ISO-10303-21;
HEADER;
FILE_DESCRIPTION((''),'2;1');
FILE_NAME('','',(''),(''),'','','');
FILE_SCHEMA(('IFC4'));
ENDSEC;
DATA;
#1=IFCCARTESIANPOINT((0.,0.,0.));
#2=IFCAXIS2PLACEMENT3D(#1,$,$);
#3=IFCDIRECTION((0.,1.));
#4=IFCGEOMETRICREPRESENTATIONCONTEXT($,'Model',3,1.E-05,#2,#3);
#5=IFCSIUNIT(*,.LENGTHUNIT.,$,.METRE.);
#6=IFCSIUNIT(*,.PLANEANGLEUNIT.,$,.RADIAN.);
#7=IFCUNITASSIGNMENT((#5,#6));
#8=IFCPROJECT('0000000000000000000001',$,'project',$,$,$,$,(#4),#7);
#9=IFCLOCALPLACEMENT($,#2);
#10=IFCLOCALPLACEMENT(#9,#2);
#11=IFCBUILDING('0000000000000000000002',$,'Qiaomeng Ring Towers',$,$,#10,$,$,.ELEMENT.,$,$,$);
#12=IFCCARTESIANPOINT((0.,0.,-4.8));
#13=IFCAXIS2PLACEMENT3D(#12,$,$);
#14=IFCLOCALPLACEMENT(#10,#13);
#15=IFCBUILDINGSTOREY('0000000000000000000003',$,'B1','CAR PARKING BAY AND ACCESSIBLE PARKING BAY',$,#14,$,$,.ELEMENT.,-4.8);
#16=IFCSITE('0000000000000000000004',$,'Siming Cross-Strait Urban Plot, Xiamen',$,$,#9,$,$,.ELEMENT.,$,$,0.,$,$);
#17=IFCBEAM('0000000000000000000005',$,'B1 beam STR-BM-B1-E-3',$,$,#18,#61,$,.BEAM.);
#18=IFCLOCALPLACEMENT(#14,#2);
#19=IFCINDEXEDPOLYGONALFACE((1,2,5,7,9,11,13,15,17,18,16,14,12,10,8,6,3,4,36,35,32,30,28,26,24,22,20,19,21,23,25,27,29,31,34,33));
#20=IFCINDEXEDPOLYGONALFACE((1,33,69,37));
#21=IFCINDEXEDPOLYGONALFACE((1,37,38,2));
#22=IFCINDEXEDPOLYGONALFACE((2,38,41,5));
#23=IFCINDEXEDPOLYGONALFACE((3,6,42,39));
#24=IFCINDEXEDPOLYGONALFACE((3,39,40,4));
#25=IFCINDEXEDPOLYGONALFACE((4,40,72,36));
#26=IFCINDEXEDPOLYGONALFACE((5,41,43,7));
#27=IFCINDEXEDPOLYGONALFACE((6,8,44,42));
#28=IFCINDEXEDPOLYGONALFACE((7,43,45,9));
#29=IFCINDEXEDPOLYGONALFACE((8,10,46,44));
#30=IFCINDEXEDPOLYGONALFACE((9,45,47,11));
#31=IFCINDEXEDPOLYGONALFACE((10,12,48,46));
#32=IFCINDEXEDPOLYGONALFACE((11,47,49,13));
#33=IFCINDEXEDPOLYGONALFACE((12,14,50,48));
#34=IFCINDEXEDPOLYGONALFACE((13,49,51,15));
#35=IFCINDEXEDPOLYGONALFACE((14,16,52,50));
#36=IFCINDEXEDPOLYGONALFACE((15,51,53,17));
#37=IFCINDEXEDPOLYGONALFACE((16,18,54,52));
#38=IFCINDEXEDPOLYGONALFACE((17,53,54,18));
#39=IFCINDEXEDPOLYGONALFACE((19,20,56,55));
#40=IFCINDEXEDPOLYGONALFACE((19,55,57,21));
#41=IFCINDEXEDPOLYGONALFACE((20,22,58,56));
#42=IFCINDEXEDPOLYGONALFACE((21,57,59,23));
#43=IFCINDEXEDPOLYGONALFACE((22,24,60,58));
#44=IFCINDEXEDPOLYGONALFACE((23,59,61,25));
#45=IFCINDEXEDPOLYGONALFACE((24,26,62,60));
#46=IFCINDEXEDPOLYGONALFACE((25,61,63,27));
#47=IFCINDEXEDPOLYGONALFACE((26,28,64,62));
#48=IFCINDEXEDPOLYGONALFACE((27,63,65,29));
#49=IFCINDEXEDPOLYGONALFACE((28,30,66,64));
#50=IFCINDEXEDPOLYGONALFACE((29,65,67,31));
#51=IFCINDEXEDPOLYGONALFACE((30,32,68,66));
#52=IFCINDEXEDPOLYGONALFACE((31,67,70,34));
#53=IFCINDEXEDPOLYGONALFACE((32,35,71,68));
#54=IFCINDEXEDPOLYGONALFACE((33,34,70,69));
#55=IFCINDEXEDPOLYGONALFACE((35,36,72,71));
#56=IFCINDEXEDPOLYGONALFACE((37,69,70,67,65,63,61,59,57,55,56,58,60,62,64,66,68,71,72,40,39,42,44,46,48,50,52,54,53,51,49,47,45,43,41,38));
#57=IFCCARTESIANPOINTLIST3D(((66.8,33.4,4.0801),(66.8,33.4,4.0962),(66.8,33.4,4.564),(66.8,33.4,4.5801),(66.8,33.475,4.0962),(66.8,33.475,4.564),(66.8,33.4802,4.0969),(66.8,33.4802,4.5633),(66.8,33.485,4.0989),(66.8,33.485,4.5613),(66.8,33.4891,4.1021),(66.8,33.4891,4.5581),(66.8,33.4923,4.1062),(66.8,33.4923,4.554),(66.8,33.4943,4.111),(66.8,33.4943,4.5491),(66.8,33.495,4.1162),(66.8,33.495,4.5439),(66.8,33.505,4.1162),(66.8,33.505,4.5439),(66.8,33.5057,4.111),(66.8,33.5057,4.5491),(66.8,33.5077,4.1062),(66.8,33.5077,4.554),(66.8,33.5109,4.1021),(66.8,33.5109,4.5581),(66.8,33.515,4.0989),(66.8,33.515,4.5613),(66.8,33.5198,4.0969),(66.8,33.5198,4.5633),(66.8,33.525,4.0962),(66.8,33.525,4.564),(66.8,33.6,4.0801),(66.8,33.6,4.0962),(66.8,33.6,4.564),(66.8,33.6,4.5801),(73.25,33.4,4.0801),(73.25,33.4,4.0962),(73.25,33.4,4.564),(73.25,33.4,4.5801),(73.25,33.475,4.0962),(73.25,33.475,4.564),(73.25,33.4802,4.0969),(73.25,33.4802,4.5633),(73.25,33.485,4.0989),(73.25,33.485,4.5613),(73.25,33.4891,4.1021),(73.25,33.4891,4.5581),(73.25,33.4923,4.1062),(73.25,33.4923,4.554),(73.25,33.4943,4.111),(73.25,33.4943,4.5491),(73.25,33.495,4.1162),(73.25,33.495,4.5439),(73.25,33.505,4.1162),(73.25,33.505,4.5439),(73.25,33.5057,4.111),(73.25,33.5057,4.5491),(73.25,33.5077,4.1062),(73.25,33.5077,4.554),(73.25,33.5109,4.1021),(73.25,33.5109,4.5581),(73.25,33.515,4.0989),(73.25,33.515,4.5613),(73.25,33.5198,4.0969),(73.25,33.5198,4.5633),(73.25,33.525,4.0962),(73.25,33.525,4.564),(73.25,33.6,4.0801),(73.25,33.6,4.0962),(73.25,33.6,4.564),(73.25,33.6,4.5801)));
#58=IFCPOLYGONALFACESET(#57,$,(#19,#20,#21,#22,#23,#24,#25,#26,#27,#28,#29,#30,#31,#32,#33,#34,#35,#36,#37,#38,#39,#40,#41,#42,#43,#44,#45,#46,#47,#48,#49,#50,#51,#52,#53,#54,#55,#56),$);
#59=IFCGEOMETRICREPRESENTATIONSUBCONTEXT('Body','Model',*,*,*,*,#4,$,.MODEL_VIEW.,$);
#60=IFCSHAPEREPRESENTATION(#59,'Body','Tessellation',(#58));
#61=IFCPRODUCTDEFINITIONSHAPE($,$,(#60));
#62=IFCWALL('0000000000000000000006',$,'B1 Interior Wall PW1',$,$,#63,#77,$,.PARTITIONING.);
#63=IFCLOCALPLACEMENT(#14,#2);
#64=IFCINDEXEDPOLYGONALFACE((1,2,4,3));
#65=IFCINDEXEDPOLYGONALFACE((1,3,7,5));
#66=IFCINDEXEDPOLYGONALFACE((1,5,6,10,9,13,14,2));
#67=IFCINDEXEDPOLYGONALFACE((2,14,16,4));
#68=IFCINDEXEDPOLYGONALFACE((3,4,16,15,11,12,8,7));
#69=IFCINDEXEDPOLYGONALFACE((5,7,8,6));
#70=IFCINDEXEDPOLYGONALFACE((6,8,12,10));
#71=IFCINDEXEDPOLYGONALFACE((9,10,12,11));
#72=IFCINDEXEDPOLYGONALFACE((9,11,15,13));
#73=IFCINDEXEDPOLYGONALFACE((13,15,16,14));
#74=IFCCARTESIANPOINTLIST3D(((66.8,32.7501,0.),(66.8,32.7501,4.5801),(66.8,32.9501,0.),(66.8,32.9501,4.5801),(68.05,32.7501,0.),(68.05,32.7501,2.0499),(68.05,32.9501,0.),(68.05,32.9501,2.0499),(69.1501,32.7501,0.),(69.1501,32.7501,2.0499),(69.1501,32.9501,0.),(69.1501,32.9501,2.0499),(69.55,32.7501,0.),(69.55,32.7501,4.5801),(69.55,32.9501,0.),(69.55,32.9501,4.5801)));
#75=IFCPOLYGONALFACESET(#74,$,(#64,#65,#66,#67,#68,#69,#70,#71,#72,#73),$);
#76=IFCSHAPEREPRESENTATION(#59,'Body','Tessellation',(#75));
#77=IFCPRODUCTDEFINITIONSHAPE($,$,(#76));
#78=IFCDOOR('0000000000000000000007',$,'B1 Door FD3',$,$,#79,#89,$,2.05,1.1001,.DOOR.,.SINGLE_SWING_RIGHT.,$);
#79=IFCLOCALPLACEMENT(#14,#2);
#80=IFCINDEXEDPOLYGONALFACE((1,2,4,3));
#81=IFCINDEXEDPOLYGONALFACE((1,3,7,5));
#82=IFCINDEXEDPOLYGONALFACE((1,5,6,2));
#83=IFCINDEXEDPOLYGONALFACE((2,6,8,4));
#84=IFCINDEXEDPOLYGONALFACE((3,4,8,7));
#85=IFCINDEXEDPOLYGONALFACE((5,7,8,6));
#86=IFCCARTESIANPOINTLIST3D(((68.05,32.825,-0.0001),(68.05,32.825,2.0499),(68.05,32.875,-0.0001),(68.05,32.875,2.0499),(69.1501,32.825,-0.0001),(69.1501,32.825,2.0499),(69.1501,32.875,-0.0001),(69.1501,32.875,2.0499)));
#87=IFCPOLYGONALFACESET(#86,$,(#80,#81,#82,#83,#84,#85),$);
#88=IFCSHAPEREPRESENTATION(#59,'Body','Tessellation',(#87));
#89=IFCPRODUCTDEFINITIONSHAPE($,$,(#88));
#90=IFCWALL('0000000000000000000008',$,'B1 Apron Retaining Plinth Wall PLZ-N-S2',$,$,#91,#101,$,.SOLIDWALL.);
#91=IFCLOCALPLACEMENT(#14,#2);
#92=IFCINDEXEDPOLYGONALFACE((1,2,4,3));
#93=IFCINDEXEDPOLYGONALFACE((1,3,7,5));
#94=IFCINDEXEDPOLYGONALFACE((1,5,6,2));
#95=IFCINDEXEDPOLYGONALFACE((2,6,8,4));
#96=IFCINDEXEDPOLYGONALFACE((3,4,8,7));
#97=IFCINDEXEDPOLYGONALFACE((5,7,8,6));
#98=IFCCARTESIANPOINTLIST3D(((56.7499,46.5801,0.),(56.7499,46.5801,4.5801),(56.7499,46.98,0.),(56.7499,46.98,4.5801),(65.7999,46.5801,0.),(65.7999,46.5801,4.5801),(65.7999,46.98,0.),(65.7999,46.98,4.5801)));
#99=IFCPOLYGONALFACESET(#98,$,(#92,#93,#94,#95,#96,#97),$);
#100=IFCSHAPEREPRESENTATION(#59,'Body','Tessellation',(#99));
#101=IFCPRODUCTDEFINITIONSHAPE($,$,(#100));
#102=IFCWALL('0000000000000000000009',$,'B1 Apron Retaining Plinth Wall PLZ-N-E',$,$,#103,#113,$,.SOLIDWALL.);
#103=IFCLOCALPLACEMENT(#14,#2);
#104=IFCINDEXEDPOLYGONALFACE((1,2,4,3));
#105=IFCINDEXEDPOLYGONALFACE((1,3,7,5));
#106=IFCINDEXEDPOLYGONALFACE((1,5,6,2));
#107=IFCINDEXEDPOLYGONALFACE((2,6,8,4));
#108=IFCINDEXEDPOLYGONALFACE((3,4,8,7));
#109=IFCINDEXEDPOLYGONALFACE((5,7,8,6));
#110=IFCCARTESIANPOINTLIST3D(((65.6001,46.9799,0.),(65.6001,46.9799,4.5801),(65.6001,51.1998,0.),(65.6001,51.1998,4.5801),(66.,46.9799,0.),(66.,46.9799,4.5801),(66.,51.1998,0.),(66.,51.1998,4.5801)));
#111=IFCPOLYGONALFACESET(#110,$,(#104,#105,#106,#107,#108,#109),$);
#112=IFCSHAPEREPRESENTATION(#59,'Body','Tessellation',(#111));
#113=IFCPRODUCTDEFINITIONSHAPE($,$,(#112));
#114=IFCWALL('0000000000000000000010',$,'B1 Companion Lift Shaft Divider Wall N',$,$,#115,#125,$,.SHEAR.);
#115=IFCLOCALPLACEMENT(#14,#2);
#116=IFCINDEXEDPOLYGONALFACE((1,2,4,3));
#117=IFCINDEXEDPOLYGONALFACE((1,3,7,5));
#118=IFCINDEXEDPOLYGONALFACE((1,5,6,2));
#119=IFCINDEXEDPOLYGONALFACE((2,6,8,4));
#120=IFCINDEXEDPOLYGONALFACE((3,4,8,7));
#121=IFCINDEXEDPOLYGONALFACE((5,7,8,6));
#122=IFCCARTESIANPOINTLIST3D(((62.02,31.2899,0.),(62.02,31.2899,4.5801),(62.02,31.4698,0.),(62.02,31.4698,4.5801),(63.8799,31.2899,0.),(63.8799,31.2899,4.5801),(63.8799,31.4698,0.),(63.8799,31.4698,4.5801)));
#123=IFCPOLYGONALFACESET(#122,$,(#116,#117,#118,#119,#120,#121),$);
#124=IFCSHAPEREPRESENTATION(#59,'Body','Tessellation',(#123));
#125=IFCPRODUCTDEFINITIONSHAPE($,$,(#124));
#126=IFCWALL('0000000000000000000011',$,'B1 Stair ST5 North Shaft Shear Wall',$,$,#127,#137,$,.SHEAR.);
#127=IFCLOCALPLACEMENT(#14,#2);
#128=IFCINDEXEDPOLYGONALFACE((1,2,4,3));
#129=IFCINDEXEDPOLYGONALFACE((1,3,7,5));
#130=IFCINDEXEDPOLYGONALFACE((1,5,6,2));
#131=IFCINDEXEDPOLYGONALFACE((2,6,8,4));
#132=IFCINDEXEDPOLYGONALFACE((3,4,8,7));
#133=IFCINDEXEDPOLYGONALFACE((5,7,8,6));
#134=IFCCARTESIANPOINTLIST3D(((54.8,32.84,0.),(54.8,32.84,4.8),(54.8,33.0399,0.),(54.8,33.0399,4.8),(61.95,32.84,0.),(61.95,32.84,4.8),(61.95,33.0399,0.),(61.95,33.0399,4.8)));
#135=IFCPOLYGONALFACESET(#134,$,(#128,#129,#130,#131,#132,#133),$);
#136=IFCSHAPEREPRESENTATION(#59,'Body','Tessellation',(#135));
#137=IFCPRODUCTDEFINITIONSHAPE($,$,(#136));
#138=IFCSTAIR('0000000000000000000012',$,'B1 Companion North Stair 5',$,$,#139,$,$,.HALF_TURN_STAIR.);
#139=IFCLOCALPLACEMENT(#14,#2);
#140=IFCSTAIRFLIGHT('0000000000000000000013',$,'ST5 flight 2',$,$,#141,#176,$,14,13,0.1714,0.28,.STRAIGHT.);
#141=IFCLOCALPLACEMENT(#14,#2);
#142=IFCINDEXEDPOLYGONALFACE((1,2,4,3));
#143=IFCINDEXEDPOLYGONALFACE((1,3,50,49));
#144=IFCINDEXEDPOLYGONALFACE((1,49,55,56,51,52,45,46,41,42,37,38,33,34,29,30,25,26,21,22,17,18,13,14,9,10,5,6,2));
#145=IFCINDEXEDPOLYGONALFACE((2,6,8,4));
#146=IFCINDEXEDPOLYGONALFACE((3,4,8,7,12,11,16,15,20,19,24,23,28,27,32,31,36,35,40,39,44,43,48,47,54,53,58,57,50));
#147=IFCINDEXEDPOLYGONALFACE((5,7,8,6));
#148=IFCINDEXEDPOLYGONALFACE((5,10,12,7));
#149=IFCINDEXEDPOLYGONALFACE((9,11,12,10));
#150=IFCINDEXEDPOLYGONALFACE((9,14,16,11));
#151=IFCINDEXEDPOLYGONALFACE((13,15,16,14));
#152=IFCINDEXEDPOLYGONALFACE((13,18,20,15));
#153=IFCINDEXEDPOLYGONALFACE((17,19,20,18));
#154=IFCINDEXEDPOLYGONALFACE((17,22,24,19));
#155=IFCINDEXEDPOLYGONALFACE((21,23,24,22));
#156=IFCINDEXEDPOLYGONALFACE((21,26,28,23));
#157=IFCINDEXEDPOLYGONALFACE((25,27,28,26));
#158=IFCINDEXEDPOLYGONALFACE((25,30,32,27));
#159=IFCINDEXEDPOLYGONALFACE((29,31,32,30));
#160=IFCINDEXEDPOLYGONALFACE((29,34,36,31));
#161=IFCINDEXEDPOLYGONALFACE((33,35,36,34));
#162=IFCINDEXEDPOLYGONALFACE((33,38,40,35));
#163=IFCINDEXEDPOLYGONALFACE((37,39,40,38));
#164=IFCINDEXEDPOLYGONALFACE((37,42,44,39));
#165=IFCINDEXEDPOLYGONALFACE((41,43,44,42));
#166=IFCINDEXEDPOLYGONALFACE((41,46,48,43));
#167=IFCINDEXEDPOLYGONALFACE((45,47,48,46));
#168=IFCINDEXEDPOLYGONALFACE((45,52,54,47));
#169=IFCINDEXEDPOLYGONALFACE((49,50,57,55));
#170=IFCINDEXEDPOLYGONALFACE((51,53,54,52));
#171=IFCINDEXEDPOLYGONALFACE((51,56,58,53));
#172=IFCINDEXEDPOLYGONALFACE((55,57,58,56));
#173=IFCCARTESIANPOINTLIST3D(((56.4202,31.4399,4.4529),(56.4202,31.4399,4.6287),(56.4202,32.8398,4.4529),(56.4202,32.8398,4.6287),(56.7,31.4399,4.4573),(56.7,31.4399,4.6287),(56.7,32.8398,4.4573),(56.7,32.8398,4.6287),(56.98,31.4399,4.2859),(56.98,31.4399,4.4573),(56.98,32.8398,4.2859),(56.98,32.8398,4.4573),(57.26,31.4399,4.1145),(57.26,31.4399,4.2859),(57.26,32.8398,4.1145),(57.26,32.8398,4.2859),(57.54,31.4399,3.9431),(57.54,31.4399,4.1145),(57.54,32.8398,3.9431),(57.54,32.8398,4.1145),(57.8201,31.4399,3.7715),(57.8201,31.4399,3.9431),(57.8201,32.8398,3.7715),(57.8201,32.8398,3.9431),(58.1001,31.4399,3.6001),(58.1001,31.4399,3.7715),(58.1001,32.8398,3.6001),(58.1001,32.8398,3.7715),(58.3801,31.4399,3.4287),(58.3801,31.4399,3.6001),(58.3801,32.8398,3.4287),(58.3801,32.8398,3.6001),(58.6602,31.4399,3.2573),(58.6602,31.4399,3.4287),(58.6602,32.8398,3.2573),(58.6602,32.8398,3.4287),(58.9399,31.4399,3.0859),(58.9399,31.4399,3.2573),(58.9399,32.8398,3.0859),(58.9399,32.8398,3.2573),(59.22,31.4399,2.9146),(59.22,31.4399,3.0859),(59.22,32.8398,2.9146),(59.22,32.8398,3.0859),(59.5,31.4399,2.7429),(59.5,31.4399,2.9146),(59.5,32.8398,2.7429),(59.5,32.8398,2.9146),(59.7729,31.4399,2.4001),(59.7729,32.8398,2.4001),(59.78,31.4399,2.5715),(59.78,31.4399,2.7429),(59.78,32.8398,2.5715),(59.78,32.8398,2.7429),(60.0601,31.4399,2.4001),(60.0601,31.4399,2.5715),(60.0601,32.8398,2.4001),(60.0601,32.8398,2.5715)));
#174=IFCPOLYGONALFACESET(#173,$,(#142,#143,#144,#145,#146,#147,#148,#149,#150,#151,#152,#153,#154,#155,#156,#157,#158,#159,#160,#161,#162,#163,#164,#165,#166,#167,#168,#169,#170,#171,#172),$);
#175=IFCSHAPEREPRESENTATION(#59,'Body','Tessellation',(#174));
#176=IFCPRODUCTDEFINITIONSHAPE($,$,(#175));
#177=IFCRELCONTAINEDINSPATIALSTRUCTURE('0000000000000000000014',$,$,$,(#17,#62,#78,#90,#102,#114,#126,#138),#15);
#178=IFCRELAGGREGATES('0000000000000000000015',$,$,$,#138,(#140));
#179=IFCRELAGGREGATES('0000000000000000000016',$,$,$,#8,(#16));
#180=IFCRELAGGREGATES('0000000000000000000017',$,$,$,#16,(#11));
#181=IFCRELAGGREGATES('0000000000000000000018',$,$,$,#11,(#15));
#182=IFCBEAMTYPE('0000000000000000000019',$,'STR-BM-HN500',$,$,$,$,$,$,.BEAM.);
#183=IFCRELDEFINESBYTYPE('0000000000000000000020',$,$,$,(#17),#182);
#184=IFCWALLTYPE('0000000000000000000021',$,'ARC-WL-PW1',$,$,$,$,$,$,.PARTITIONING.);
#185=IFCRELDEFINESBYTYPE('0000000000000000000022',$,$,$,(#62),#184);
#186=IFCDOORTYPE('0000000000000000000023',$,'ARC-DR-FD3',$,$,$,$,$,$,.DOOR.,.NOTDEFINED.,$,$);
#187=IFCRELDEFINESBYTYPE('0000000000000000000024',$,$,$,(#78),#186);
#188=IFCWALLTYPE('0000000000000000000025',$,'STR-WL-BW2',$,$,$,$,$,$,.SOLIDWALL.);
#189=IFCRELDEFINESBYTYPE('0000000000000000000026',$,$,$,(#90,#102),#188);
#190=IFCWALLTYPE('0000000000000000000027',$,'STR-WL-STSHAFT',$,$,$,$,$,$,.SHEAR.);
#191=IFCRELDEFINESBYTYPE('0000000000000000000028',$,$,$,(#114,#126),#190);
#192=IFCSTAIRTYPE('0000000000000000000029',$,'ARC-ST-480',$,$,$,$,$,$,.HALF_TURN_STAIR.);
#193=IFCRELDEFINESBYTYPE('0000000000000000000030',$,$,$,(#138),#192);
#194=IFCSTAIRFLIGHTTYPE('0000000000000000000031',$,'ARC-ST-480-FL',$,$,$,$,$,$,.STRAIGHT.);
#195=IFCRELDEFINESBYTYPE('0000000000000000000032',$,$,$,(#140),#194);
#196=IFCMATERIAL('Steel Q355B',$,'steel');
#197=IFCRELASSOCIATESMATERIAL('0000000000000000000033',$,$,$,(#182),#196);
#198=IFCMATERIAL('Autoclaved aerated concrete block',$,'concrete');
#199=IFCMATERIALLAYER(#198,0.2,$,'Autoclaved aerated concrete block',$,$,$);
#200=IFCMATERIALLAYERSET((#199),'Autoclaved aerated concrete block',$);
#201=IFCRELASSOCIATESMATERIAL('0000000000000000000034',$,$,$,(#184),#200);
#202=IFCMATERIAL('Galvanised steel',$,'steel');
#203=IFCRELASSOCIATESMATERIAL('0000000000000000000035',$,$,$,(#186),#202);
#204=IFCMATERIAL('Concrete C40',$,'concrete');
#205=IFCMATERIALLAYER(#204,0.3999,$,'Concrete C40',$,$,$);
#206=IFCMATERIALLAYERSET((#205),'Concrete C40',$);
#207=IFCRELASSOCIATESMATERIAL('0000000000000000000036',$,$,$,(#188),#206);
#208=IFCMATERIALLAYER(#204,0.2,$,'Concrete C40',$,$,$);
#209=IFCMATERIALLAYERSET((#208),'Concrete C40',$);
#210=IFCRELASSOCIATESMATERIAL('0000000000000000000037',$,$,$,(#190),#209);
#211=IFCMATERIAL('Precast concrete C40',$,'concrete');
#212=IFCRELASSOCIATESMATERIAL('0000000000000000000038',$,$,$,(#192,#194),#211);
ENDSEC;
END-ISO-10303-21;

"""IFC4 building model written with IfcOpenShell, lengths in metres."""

from ifc_helpers import new_model, si_unit, direction, frame, frame_2d, origin, origin_2d, place, context, subcontext, project, spatial, polyline, rectangle, i_section, outline, extrude, source, transform, mapped, material, layer, layer_set, material_profile, profile_set, type_object, element, fill, aggregate, save


model = new_model("IFC4")

# Units and contexts
model_context = context("Model", 3, precision=1e-05, world=origin(), true_north=direction((0.0, 1.0)))
body_context = subcontext(model_context, "Body", "Model", "MODEL_VIEW")
ifc_project = project(units=[si_unit("LENGTHUNIT", "METRE"), si_unit("PLANEANGLEUNIT", "RADIAN")], contexts=[model_context])

# Site, building, storey
site_placement = place(None, origin())
site = spatial("IfcSite", under=ifc_project, at=site_placement, Name="Siming Cross-Strait Urban Plot, Xiamen", CompositionType="ELEMENT", RefElevation=0.0)
building_placement = place(site_placement, origin())
building = spatial("IfcBuilding", under=site, at=building_placement, Name="Qiaomeng Ring Towers", CompositionType="ELEMENT")
storey_placement = place(building_placement, frame((0.0, 0.0, -4.8)))
storey = spatial("IfcBuildingStorey", under=building, at=storey_placement, Name="B1", Description="CAR PARKING BAY AND ACCESSIBLE PARKING BAY", CompositionType="ELEMENT", Elevation=-4.8)

# Beam
ifc_material_1 = material(Name="Steel Q355B", Category="steel")
ifc_material_profile_1 = material_profile(ifc_material_1, i_section(OverallWidth=0.2, OverallDepth=0.5, WebThickness=0.01, FlangeThickness=0.0161, FilletRadius=0.02, at=origin_2d()), Name="HN 500x200x10x16")
ifc_profile_set_1 = profile_set([ifc_material_profile_1], Name="Steel Q355B")
beam_type = type_object("IfcBeamType", Name="STR-BM-HN500", PredefinedType="BEAM", material=ifc_profile_set_1)
shared_shape_1 = source(origin(), body_context, "Body", "SweptSolid", [
    extrude(i_section(OverallWidth=0.2, OverallDepth=0.5, WebThickness=0.01, FlangeThickness=0.0161, FilletRadius=0.02, at=origin_2d()), origin(), (0.0, 0.0, 1.0), 6.45),
])
beam_1_placement = place(storey_placement, frame((66.8, 33.5, 4.3301), z_axis=(1.0, 0.0, 0.0), x_axis=(0.0, 1.0, 0.0)))
element("IfcBeam", 1, at=beam_1_placement, inside=storey, type_object=beam_type, Name="B1 beam STR-BM-B1-E-3", PredefinedType="BEAM", context=body_context, shape_type="MappedRepresentation", body=[
    mapped(shared_shape_1, transform((0.0, 0.0, 0.0), x_axis=(1.0, 0.0, 0.0), y_axis=(0.0, 1.0, 0.0), z_axis=(0.0, 0.0, 1.0), scale=1.0)),
])

# Wall, opening, door
ifc_material_2 = material(Name="Autoclaved aerated concrete block", Category="concrete")
ifc_layer_1 = layer(ifc_material_2, 0.2, Name="Autoclaved aerated concrete block")
ifc_layer_set_1 = layer_set([ifc_layer_1], Name="Autoclaved aerated concrete block")
wall_type_1 = type_object("IfcWallType", Name="ARC-WL-PW1", PredefinedType="PARTITIONING", material=ifc_layer_set_1)
wall_1_placement = place(storey_placement, frame((66.8, 32.8501, 0.0), z_axis=(0.0, 0.0, 1.0), x_axis=(1.0, 0.0, 0.0)))
wall_1 = element("IfcWall", 2, at=wall_1_placement, inside=storey, type_object=wall_type_1, Name="B1 Interior Wall PW1", PredefinedType="PARTITIONING", context=body_context, shape_type="SweptSolid", body=[
    extrude(rectangle(XDim=2.75, YDim=0.2, at=frame_2d((1.375, 0.0))), origin(), (0.0, 0.0, 1.0), 4.5801),
])
opening_placement = place(wall_1_placement, frame((1.25, 0.0, 0.0)))
opening = element("IfcOpeningElement", 3, at=opening_placement, cuts=wall_1, PredefinedType="OPENING", context=body_context, shape_type="SweptSolid", body=[
    extrude(rectangle(XDim=1.1001, YDim=2.05, at=frame_2d((0.55, 1.0249))), frame((0.0, 0.1099, 0.0), z_axis=(0.0, -1.0, 0.0), x_axis=(1.0, 0.0, 0.0)), (0.0, 0.0, 1.0), 0.22),
])
ifc_material_3 = material(Name="Galvanised steel", Category="steel")
door_type = type_object("IfcDoorType", Name="ARC-DR-FD3", OperationType="NOTDEFINED", PredefinedType="DOOR", material=ifc_material_3)
shared_shape_2 = source(origin(), body_context, "Body", "SweptSolid", [
    extrude(rectangle(XDim=1.1001, YDim=2.05, at=frame_2d((0.55, 1.0249))), frame((0.0, 0.0249, 0.0), z_axis=(0.0, -1.0, 0.0), x_axis=(1.0, 0.0, 0.0)), (0.0, 0.0, 1.0), 0.05),
])
door_placement = place(opening_placement, origin())
door = element("IfcDoor", 4, at=door_placement, inside=storey, type_object=door_type, Name="B1 Door FD3", OperationType="SINGLE_SWING_RIGHT", OverallHeight=2.05, OverallWidth=1.1001, PredefinedType="DOOR", context=body_context, shape_type="MappedRepresentation", body=[
    mapped(shared_shape_2, transform((0.0, 0.0, 0.0), x_axis=(1.0, 0.0, 0.0), y_axis=(0.0, 1.0, 0.0), z_axis=(0.0, 0.0, 1.0), scale=1.0)),
])
fill(opening, door)

# Walls
ifc_material_4 = material(Name="Concrete C40", Category="concrete")
ifc_layer_2 = layer(ifc_material_4, 0.3999, Name="Concrete C40")
ifc_layer_set_2 = layer_set([ifc_layer_2], Name="Concrete C40")
wall_type_2 = type_object("IfcWallType", Name="STR-WL-BW2", PredefinedType="SOLIDWALL", material=ifc_layer_set_2)
wall_2_placement = place(storey_placement, frame((56.75, 46.78, 0.0), z_axis=(0.0, 0.0, 1.0), x_axis=(1.0, 0.0, 0.0)))
element("IfcWall", 5, at=wall_2_placement, inside=storey, type_object=wall_type_2, Name="B1 Apron Retaining Plinth Wall PLZ-N-S2", PredefinedType="SOLIDWALL", context=body_context, shape_type="SweptSolid", body=[
    extrude(rectangle(XDim=9.05, YDim=0.3999, at=frame_2d((4.5249, 0.0))), origin(), (0.0, 0.0, 1.0), 4.5801),
])
wall_3_placement = place(storey_placement, frame((65.8, 46.98, 0.0), z_axis=(0.0, 0.0, 1.0), x_axis=(0.0, 1.0, 0.0)))
element("IfcWall", 6, at=wall_3_placement, inside=storey, type_object=wall_type_2, Name="B1 Apron Retaining Plinth Wall PLZ-N-E", PredefinedType="SOLIDWALL", context=body_context, shape_type="SweptSolid", body=[
    extrude(rectangle(XDim=4.22, YDim=0.3999, at=frame_2d((2.1099, 0.0))), origin(), (0.0, 0.0, 1.0), 4.5801),
])
ifc_layer_3 = layer(ifc_material_4, 0.2, Name="Concrete C40")
ifc_layer_set_3 = layer_set([ifc_layer_3], Name="Concrete C40")
wall_type_3 = type_object("IfcWallType", Name="STR-WL-STSHAFT", PredefinedType="SHEAR", material=ifc_layer_set_3)
wall_4_placement = place(storey_placement, frame((62.02, 31.3799, 0.0), z_axis=(0.0, 0.0, 1.0), x_axis=(1.0, 0.0, 0.0)))
element("IfcWall", 7, at=wall_4_placement, inside=storey, type_object=wall_type_3, Name="B1 Companion Lift Shaft Divider Wall N", PredefinedType="SHEAR", context=body_context, shape_type="SweptSolid", body=[
    extrude(rectangle(XDim=1.8599, YDim=0.1799, at=frame_2d((0.9299, 0.0))), origin(), (0.0, 0.0, 1.0), 4.5801),
])
wall_5_placement = place(storey_placement, frame((54.8, 32.9399, 0.0), z_axis=(0.0, 0.0, 1.0), x_axis=(1.0, 0.0, 0.0)))
element("IfcWall", 8, at=wall_5_placement, inside=storey, type_object=wall_type_3, Name="B1 Stair ST5 North Shaft Shear Wall", PredefinedType="SHEAR", context=body_context, shape_type="SweptSolid", body=[
    extrude(rectangle(XDim=7.1499, YDim=0.2, at=frame_2d((3.575, 0.0))), origin(), (0.0, 0.0, 1.0), 4.8),
])

# Stair, stair flight
ifc_material_5 = material(Name="Precast concrete C40", Category="concrete")
stair_type = type_object("IfcStairType", Name="ARC-ST-480", PredefinedType="HALF_TURN_STAIR", material=ifc_material_5)
stair_placement = place(storey_placement, origin())
stair = element("IfcStair", 9, at=stair_placement, inside=storey, type_object=stair_type, Name="B1 Companion North Stair 5", PredefinedType="HALF_TURN_STAIR")
stair_flight_type = type_object("IfcStairFlightType", Name="ARC-ST-480-FL", PredefinedType="STRAIGHT", material=ifc_material_5)
shared_shape_3 = source(origin(), body_context, "Body", "SweptSolid", [
    extrude(outline(polyline([(0.0, 0.0), (0.0, 0.1714), (0.28, 0.1714), (0.28, 0.3428), (0.5601, 0.3428), (0.5601, 0.5144), (0.8401, 0.5144), (0.8401, 0.6858), (1.1201, 0.6858), (1.1201, 0.8572), (1.3999, 0.8572), (1.3999, 1.0286), (1.6799, 1.0286), (1.6799, 1.2), (1.96, 1.2), (1.96, 1.3713), (2.24, 1.3713), (2.24, 1.543), (2.52, 1.543), (2.52, 1.7144), (2.8, 1.7144), (2.8, 1.8857), (3.0801, 1.8857), (3.0801, 2.0571), (3.3601, 2.0571), (3.3601, 2.2285), (3.6399, 2.2285), (3.6399, 2.3999), (3.6399, 2.0527), (0.2871, 0.0), (0.0, 0.0)])), frame((0.0, 0.7, 0.0), z_axis=(0.0, -1.0, 0.0), x_axis=(1.0, 0.0, 0.0)), (0.0, 0.0, 1.0), 1.3999),
])
stair_flight_placement = place(storey_placement, frame((60.0601, 32.1399, 2.4001), z_axis=(0.0, 0.0, 1.0), x_axis=(-1.0, 0.0, 0.0)))
stair_flight = element("IfcStairFlight", 10, at=stair_flight_placement, type_object=stair_flight_type, Name="ST5 flight 2", NumberOfRisers=14, NumberOfTreads=13, PredefinedType="STRAIGHT", RiserHeight=0.1714, TreadLength=0.28, context=body_context, shape_type="MappedRepresentation", body=[
    mapped(shared_shape_3, transform((0.0, 0.0, 0.0), x_axis=(1.0, 0.0, 0.0), y_axis=(0.0, 1.0, 0.0), z_axis=(0.0, 0.0, 1.0), scale=1.0)),
])
aggregate(stair, [stair_flight])

save(model, "model.ifc")
